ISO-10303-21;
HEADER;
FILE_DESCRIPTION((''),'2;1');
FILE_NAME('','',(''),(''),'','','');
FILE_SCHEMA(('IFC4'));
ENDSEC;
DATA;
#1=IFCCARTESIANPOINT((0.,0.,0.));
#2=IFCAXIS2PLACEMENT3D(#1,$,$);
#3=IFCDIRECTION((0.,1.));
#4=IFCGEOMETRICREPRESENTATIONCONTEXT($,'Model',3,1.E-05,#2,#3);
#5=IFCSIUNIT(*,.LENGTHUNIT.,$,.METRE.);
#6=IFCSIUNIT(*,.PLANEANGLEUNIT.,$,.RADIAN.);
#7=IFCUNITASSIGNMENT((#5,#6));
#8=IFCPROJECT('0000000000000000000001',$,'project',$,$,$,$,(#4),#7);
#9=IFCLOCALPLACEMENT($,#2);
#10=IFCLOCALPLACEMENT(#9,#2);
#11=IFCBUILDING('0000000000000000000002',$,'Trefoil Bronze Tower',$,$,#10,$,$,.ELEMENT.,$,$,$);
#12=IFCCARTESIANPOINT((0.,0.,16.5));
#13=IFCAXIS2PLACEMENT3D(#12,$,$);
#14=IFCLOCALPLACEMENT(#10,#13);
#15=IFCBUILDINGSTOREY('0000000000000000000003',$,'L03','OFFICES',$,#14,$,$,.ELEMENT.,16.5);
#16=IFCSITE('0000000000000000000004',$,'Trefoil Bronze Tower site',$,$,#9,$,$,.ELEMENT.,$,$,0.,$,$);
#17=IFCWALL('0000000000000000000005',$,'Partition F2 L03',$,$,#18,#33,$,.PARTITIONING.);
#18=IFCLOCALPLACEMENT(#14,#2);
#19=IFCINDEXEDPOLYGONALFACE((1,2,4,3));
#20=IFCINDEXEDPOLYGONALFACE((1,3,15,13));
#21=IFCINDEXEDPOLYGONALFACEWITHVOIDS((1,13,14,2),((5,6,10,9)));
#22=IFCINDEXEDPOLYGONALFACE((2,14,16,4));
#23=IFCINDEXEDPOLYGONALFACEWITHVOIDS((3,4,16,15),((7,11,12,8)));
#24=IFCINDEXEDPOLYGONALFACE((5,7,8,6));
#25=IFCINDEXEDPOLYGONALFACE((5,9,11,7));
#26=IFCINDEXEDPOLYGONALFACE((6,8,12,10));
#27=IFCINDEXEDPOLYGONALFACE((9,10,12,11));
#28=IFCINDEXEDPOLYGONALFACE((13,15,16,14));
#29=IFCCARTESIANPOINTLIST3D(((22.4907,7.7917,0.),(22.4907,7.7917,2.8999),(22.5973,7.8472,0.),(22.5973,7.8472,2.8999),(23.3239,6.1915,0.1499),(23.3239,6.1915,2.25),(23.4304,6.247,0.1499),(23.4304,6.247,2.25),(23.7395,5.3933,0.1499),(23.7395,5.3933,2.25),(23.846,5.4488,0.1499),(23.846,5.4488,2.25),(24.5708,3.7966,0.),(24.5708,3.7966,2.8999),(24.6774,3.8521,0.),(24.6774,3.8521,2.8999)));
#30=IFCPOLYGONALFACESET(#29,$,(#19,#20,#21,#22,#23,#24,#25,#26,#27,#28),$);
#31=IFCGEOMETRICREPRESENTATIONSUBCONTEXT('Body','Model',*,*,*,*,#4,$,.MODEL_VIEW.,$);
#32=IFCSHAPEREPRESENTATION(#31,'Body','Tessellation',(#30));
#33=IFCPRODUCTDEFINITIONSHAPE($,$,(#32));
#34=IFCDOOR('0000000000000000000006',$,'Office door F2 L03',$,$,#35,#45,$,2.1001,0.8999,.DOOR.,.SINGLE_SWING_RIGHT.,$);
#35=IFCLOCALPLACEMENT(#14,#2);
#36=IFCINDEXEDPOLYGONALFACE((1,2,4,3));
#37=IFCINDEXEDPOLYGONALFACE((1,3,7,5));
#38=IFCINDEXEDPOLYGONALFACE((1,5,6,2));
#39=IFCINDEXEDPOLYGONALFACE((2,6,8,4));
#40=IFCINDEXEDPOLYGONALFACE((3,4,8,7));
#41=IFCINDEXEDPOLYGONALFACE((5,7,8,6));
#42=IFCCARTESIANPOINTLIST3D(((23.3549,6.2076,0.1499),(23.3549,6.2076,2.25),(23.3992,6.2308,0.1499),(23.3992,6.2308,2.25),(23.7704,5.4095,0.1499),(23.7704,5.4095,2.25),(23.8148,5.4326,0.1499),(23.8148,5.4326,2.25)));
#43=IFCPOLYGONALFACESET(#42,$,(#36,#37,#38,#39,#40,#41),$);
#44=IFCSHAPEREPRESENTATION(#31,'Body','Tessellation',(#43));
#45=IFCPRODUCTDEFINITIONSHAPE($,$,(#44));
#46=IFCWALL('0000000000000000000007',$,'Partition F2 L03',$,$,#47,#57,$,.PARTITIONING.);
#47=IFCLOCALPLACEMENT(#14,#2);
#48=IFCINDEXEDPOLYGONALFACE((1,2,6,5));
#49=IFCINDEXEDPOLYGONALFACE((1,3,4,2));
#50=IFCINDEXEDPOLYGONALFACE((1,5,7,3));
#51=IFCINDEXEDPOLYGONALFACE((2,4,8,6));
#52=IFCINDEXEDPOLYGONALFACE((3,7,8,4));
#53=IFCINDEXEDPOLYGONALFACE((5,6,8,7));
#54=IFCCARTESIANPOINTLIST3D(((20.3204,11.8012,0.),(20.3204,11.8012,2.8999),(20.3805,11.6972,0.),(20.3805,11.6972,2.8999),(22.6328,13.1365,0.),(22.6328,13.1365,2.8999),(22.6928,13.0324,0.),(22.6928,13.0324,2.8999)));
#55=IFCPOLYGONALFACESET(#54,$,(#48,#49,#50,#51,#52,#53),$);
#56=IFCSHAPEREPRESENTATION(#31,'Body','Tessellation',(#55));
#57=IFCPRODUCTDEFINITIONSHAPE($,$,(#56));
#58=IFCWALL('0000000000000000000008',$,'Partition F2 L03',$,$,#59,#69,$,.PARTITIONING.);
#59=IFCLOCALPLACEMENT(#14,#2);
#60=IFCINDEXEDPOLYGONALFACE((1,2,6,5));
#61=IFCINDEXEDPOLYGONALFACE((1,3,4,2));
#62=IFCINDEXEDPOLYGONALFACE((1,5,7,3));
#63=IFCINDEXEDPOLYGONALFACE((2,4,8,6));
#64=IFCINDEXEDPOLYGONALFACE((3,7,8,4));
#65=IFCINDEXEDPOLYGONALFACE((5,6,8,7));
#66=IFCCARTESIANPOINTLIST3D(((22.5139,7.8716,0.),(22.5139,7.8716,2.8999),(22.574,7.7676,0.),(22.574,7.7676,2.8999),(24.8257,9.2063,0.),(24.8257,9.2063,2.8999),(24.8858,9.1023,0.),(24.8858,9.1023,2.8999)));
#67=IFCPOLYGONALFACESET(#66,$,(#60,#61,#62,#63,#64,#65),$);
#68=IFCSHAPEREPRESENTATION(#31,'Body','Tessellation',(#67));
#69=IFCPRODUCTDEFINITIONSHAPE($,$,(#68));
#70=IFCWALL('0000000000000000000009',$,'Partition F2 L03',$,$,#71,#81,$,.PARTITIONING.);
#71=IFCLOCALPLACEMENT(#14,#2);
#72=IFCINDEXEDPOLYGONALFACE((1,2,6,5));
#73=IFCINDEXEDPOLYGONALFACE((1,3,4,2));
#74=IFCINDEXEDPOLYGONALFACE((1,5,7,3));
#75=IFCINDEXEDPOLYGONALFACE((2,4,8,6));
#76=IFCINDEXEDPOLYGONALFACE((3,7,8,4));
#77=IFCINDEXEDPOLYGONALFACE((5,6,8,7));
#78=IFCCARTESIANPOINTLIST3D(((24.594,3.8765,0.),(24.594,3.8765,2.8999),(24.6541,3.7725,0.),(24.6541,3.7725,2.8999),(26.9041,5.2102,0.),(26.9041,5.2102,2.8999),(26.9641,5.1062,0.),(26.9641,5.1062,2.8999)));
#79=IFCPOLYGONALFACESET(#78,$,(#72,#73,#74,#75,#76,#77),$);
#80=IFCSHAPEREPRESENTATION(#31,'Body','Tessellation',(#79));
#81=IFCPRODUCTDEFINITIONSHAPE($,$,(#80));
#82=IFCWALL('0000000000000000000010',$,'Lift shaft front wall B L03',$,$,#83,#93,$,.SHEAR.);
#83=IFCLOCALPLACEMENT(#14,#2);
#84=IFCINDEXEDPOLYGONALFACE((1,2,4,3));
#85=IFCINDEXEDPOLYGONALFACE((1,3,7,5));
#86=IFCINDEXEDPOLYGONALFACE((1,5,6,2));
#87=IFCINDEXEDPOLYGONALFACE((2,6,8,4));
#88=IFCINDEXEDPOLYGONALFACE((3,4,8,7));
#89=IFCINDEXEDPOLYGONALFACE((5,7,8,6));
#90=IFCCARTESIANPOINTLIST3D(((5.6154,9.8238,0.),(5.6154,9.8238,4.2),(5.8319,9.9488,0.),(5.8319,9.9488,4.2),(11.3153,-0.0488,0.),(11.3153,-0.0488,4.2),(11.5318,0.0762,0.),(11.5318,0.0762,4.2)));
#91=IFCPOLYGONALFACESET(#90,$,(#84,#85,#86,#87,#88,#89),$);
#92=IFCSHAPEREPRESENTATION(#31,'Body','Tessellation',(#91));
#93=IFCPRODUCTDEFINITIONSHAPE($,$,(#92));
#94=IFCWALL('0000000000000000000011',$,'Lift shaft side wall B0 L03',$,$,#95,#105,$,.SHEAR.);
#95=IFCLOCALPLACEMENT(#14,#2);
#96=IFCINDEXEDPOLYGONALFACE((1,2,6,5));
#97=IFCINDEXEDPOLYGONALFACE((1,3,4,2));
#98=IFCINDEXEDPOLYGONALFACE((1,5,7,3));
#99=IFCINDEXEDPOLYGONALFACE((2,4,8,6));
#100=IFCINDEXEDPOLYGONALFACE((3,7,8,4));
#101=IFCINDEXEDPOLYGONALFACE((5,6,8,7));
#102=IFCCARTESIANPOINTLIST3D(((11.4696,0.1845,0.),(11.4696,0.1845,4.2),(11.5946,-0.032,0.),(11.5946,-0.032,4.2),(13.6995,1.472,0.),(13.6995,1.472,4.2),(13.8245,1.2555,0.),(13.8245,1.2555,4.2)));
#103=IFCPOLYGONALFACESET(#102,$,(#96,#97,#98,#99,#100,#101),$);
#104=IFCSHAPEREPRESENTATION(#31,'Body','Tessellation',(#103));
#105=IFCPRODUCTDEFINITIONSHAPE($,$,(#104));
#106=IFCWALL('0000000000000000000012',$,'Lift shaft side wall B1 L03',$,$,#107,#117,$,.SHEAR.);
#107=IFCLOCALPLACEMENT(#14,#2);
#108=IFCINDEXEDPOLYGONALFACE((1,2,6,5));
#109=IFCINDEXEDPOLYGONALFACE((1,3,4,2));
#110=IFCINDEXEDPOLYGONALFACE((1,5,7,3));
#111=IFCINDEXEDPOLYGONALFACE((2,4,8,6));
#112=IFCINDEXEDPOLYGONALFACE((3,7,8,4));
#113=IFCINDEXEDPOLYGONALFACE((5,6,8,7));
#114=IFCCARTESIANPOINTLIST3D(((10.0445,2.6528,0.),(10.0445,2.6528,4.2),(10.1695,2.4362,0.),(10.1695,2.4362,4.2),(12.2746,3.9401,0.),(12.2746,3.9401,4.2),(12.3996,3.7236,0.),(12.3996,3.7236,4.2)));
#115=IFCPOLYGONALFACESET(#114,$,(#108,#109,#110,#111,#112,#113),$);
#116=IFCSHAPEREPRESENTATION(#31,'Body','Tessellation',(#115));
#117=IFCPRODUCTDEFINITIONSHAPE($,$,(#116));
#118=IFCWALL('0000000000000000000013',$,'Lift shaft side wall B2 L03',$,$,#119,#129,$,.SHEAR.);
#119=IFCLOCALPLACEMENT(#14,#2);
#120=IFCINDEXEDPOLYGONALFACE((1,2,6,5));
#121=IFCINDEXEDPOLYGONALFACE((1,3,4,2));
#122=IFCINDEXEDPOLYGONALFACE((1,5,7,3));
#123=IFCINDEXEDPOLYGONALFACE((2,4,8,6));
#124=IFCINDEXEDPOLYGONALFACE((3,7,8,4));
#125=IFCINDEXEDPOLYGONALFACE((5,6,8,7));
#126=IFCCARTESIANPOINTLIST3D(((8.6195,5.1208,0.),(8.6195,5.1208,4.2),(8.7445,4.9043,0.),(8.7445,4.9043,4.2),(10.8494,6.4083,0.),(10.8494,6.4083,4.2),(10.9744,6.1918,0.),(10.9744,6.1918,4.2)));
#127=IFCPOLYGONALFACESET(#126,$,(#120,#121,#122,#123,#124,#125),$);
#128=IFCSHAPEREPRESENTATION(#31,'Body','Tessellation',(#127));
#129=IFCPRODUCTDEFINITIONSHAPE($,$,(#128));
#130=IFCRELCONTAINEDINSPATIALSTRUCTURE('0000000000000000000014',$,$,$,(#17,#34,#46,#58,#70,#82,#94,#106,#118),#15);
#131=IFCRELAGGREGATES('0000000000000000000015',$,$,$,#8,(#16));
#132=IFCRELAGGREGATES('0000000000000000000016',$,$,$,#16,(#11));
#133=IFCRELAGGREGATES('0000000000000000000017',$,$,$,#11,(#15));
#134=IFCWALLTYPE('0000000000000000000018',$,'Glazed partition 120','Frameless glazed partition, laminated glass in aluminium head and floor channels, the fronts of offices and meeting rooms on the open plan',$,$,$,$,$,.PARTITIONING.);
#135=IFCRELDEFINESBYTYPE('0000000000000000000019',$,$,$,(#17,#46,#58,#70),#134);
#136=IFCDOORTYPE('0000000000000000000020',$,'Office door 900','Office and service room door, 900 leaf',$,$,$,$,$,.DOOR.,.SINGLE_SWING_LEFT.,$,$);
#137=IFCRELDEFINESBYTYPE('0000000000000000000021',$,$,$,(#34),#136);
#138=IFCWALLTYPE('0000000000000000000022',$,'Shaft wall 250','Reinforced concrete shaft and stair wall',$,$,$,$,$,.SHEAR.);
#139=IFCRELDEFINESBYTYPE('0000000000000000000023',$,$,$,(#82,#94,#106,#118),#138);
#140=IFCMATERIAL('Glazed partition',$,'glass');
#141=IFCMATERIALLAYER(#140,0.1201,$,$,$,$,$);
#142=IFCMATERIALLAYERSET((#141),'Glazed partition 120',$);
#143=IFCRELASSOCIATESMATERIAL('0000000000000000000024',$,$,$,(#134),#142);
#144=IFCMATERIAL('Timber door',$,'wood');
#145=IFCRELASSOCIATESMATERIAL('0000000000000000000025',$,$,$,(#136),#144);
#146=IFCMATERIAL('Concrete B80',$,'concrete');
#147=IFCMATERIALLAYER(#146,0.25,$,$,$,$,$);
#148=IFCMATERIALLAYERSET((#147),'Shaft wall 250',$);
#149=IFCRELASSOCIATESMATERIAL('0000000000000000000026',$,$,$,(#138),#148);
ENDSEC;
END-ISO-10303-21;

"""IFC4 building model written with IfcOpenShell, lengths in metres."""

from ifc_helpers import new_model, si_unit, direction, frame, frame_2d, origin, place, context, subcontext, project, spatial, rectangle, extrude, material, layer, layer_set, type_object, element, fill, save


model = new_model("IFC4")

# Units and contexts
model_context = context("Model", 3, precision=1e-05, world=origin(), true_north=direction((0.0, 1.0)))
body_context = subcontext(model_context, "Body", "Model", "MODEL_VIEW")
ifc_project = project(units=[si_unit("LENGTHUNIT", "METRE"), si_unit("PLANEANGLEUNIT", "RADIAN")], contexts=[model_context])

# Site, building, storey
site_placement = place(None, origin())
site = spatial("IfcSite", under=ifc_project, at=site_placement, Name="Trefoil Bronze Tower site", CompositionType="ELEMENT", RefElevation=0.0)
building_placement = place(site_placement, origin())
building = spatial("IfcBuilding", under=site, at=building_placement, Name="Trefoil Bronze Tower", CompositionType="ELEMENT")
storey_placement = place(building_placement, frame((0.0, 0.0, 16.5)))
storey = spatial("IfcBuildingStorey", under=building, at=storey_placement, Name="L03", Description="OFFICES", CompositionType="ELEMENT", Elevation=16.5)

# Shared definitions
ifc_material_1 = material(Name="Glazed partition", Category="glass")
ifc_layer_1 = layer(ifc_material_1, 0.1201)
ifc_layer_set_1 = layer_set([ifc_layer_1], Name="Glazed partition 120")
wall_type_1 = type_object("IfcWallType", Name="Glazed partition 120", Description="Frameless glazed partition, laminated glass in aluminium head and floor channels, the fronts of offices and meeting rooms on the open plan", PredefinedType="PARTITIONING", material=ifc_layer_set_1)

# Wall, opening, door
ifc_material_2 = material(Name="Timber door", Category="wood")
door_type_1 = type_object("IfcDoorType", Name="Office door 900", Description="Office and service room door, 900 leaf", OperationType="SINGLE_SWING_LEFT", PredefinedType="DOOR", material=ifc_material_2)
wall_1_placement = place(storey_placement, frame((24.624, 3.8245, 0.0), z_axis=(0.0, 0.0, 1.0), x_axis=(-0.46181, 0.886979, 0.0)))
wall_1 = element("IfcWall", 1, at=wall_1_placement, inside=storey, type_object=wall_type_1, Name="Partition F2 L03", PredefinedType="PARTITIONING", context=body_context, shape_type="SweptSolid", body=[
    extrude(rectangle(XDim=4.5042, YDim=0.1201, at=frame_2d((2.252, 0.0))), origin(), (0.0, 0.0, 1.0), 2.8999),
])
opening_1_placement = place(wall_1_placement, frame((1.8, 0.0, 0.1499)))
opening_1 = element("IfcOpeningElement", 2, at=opening_1_placement, cuts=wall_1, PredefinedType="OPENING", context=body_context, shape_type="SweptSolid", body=[
    extrude(rectangle(XDim=0.8999, YDim=2.1001, at=frame_2d((0.45, 1.05))), frame((0.0, 0.0701, 0.0), z_axis=(0.0, -1.0, 0.0), x_axis=(1.0, 0.0, 0.0)), (0.0, 0.0, 1.0), 0.1401),
])
door_1_placement = place(opening_1_placement, frame((0.8999, 0.0, 0.0), z_axis=(0.0, 0.0, 1.0), x_axis=(-1.0, 0.0, 0.0)))
door_1 = element("IfcDoor", 3, at=door_1_placement, inside=storey, type_object=door_type_1, Name="Office door F2 L03", OperationType="SINGLE_SWING_RIGHT", OverallHeight=2.1001, OverallWidth=0.8999, PredefinedType="DOOR", context=body_context, shape_type="SweptSolid", body=[
    extrude(rectangle(XDim=0.8999, YDim=2.1001, at=frame_2d((0.45, 1.05))), frame((0.0, 0.0249, 0.0), z_axis=(0.0, -1.0, 0.0), x_axis=(1.0, 0.0, 0.0)), (0.0, 0.0, 1.0), 0.05),
])
fill(opening_1, door_1)

# Walls
wall_2_placement = place(storey_placement, frame((20.3506, 11.7493, 0.0), z_axis=(0.0, 0.0, 1.0), x_axis=(0.865989, 0.500063, 0.0)))
element("IfcWall", 4, at=wall_2_placement, inside=storey, type_object=wall_type_1, Name="Partition F2 L03", PredefinedType="PARTITIONING", context=body_context, shape_type="SweptSolid", body=[
    extrude(rectangle(XDim=2.6702, YDim=0.1201, at=frame_2d((1.335, 0.0))), origin(), (0.0, 0.0, 1.0), 2.8999),
])
wall_3_placement = place(storey_placement, frame((22.5439, 7.8196, 0.0), z_axis=(0.0, 0.0, 1.0), x_axis=(0.866023, 0.500005, 0.0)))
element("IfcWall", 5, at=wall_3_placement, inside=storey, type_object=wall_type_1, Name="Partition F2 L03", PredefinedType="PARTITIONING", context=body_context, shape_type="SweptSolid", body=[
    extrude(rectangle(XDim=2.6694, YDim=0.1201, at=frame_2d((1.3347, 0.0))), origin(), (0.0, 0.0, 1.0), 2.8999),
])
wall_4_placement = place(storey_placement, frame((24.624, 3.8245, 0.0), z_axis=(0.0, 0.0, 1.0), x_axis=(0.866021, 0.500008, 0.0)))
element("IfcWall", 6, at=wall_4_placement, inside=storey, type_object=wall_type_1, Name="Partition F2 L03", PredefinedType="PARTITIONING", context=body_context, shape_type="SweptSolid", body=[
    extrude(rectangle(XDim=2.6675, YDim=0.1201, at=frame_2d((1.3337, 0.0))), origin(), (0.0, 0.0, 1.0), 2.8999),
])
ifc_material_3 = material(Name="Concrete B80", Category="concrete")
ifc_layer_2 = layer(ifc_material_3, 0.25)
ifc_layer_set_2 = layer_set([ifc_layer_2], Name="Shaft wall 250")
wall_type_2 = type_object("IfcWallType", Name="Shaft wall 250", Description="Reinforced concrete shaft and stair wall", PredefinedType="SHEAR", material=ifc_layer_set_2)
wall_5_placement = place(storey_placement, frame((11.4236, 0.0137, 0.0), z_axis=(0.0, 0.0, 1.0), x_axis=(-0.500002, 0.866024, 0.0)))
element("IfcWall", 7, at=wall_5_placement, inside=storey, type_object=wall_type_2, Name="Lift shaft front wall B L03", PredefinedType="SHEAR", context=body_context, shape_type="SweptSolid", body=[
    extrude(rectangle(XDim=11.3999, YDim=0.25, at=frame_2d((5.7, 0.0))), origin(), (0.0, 0.0, 1.0), 4.2),
])
for number, where, z_axis, x_axis, name in (
    (8, (11.532, 0.0762, 0.0), (0.0, 0.0, 1.0), (0.866006, 0.500034, 0.0), "Lift shaft side wall B0 L03"),
    (9, (10.1069, 2.5444, 0.0), (0.0, 0.0, 1.0), (0.866047, 0.499963, 0.0), "Lift shaft side wall B1 L03"),
    (10, (8.6819, 5.0125, 0.0), (0.0, 0.0, 1.0), (0.866006, 0.500034, 0.0), "Lift shaft side wall B2 L03"),
):
    element("IfcWall", number, at=place(storey_placement, frame(where, z_axis=z_axis, x_axis=x_axis)), inside=storey, type_object=wall_type_2, Name=name, PredefinedType="SHEAR", context=body_context, shape_type="SweptSolid", body=[
        extrude(rectangle(XDim=2.575, YDim=0.25, at=frame_2d((1.2876, 0.0))), origin(), (0.0, 0.0, 1.0), 4.2),
    ])

save(model, "model.ifc")
